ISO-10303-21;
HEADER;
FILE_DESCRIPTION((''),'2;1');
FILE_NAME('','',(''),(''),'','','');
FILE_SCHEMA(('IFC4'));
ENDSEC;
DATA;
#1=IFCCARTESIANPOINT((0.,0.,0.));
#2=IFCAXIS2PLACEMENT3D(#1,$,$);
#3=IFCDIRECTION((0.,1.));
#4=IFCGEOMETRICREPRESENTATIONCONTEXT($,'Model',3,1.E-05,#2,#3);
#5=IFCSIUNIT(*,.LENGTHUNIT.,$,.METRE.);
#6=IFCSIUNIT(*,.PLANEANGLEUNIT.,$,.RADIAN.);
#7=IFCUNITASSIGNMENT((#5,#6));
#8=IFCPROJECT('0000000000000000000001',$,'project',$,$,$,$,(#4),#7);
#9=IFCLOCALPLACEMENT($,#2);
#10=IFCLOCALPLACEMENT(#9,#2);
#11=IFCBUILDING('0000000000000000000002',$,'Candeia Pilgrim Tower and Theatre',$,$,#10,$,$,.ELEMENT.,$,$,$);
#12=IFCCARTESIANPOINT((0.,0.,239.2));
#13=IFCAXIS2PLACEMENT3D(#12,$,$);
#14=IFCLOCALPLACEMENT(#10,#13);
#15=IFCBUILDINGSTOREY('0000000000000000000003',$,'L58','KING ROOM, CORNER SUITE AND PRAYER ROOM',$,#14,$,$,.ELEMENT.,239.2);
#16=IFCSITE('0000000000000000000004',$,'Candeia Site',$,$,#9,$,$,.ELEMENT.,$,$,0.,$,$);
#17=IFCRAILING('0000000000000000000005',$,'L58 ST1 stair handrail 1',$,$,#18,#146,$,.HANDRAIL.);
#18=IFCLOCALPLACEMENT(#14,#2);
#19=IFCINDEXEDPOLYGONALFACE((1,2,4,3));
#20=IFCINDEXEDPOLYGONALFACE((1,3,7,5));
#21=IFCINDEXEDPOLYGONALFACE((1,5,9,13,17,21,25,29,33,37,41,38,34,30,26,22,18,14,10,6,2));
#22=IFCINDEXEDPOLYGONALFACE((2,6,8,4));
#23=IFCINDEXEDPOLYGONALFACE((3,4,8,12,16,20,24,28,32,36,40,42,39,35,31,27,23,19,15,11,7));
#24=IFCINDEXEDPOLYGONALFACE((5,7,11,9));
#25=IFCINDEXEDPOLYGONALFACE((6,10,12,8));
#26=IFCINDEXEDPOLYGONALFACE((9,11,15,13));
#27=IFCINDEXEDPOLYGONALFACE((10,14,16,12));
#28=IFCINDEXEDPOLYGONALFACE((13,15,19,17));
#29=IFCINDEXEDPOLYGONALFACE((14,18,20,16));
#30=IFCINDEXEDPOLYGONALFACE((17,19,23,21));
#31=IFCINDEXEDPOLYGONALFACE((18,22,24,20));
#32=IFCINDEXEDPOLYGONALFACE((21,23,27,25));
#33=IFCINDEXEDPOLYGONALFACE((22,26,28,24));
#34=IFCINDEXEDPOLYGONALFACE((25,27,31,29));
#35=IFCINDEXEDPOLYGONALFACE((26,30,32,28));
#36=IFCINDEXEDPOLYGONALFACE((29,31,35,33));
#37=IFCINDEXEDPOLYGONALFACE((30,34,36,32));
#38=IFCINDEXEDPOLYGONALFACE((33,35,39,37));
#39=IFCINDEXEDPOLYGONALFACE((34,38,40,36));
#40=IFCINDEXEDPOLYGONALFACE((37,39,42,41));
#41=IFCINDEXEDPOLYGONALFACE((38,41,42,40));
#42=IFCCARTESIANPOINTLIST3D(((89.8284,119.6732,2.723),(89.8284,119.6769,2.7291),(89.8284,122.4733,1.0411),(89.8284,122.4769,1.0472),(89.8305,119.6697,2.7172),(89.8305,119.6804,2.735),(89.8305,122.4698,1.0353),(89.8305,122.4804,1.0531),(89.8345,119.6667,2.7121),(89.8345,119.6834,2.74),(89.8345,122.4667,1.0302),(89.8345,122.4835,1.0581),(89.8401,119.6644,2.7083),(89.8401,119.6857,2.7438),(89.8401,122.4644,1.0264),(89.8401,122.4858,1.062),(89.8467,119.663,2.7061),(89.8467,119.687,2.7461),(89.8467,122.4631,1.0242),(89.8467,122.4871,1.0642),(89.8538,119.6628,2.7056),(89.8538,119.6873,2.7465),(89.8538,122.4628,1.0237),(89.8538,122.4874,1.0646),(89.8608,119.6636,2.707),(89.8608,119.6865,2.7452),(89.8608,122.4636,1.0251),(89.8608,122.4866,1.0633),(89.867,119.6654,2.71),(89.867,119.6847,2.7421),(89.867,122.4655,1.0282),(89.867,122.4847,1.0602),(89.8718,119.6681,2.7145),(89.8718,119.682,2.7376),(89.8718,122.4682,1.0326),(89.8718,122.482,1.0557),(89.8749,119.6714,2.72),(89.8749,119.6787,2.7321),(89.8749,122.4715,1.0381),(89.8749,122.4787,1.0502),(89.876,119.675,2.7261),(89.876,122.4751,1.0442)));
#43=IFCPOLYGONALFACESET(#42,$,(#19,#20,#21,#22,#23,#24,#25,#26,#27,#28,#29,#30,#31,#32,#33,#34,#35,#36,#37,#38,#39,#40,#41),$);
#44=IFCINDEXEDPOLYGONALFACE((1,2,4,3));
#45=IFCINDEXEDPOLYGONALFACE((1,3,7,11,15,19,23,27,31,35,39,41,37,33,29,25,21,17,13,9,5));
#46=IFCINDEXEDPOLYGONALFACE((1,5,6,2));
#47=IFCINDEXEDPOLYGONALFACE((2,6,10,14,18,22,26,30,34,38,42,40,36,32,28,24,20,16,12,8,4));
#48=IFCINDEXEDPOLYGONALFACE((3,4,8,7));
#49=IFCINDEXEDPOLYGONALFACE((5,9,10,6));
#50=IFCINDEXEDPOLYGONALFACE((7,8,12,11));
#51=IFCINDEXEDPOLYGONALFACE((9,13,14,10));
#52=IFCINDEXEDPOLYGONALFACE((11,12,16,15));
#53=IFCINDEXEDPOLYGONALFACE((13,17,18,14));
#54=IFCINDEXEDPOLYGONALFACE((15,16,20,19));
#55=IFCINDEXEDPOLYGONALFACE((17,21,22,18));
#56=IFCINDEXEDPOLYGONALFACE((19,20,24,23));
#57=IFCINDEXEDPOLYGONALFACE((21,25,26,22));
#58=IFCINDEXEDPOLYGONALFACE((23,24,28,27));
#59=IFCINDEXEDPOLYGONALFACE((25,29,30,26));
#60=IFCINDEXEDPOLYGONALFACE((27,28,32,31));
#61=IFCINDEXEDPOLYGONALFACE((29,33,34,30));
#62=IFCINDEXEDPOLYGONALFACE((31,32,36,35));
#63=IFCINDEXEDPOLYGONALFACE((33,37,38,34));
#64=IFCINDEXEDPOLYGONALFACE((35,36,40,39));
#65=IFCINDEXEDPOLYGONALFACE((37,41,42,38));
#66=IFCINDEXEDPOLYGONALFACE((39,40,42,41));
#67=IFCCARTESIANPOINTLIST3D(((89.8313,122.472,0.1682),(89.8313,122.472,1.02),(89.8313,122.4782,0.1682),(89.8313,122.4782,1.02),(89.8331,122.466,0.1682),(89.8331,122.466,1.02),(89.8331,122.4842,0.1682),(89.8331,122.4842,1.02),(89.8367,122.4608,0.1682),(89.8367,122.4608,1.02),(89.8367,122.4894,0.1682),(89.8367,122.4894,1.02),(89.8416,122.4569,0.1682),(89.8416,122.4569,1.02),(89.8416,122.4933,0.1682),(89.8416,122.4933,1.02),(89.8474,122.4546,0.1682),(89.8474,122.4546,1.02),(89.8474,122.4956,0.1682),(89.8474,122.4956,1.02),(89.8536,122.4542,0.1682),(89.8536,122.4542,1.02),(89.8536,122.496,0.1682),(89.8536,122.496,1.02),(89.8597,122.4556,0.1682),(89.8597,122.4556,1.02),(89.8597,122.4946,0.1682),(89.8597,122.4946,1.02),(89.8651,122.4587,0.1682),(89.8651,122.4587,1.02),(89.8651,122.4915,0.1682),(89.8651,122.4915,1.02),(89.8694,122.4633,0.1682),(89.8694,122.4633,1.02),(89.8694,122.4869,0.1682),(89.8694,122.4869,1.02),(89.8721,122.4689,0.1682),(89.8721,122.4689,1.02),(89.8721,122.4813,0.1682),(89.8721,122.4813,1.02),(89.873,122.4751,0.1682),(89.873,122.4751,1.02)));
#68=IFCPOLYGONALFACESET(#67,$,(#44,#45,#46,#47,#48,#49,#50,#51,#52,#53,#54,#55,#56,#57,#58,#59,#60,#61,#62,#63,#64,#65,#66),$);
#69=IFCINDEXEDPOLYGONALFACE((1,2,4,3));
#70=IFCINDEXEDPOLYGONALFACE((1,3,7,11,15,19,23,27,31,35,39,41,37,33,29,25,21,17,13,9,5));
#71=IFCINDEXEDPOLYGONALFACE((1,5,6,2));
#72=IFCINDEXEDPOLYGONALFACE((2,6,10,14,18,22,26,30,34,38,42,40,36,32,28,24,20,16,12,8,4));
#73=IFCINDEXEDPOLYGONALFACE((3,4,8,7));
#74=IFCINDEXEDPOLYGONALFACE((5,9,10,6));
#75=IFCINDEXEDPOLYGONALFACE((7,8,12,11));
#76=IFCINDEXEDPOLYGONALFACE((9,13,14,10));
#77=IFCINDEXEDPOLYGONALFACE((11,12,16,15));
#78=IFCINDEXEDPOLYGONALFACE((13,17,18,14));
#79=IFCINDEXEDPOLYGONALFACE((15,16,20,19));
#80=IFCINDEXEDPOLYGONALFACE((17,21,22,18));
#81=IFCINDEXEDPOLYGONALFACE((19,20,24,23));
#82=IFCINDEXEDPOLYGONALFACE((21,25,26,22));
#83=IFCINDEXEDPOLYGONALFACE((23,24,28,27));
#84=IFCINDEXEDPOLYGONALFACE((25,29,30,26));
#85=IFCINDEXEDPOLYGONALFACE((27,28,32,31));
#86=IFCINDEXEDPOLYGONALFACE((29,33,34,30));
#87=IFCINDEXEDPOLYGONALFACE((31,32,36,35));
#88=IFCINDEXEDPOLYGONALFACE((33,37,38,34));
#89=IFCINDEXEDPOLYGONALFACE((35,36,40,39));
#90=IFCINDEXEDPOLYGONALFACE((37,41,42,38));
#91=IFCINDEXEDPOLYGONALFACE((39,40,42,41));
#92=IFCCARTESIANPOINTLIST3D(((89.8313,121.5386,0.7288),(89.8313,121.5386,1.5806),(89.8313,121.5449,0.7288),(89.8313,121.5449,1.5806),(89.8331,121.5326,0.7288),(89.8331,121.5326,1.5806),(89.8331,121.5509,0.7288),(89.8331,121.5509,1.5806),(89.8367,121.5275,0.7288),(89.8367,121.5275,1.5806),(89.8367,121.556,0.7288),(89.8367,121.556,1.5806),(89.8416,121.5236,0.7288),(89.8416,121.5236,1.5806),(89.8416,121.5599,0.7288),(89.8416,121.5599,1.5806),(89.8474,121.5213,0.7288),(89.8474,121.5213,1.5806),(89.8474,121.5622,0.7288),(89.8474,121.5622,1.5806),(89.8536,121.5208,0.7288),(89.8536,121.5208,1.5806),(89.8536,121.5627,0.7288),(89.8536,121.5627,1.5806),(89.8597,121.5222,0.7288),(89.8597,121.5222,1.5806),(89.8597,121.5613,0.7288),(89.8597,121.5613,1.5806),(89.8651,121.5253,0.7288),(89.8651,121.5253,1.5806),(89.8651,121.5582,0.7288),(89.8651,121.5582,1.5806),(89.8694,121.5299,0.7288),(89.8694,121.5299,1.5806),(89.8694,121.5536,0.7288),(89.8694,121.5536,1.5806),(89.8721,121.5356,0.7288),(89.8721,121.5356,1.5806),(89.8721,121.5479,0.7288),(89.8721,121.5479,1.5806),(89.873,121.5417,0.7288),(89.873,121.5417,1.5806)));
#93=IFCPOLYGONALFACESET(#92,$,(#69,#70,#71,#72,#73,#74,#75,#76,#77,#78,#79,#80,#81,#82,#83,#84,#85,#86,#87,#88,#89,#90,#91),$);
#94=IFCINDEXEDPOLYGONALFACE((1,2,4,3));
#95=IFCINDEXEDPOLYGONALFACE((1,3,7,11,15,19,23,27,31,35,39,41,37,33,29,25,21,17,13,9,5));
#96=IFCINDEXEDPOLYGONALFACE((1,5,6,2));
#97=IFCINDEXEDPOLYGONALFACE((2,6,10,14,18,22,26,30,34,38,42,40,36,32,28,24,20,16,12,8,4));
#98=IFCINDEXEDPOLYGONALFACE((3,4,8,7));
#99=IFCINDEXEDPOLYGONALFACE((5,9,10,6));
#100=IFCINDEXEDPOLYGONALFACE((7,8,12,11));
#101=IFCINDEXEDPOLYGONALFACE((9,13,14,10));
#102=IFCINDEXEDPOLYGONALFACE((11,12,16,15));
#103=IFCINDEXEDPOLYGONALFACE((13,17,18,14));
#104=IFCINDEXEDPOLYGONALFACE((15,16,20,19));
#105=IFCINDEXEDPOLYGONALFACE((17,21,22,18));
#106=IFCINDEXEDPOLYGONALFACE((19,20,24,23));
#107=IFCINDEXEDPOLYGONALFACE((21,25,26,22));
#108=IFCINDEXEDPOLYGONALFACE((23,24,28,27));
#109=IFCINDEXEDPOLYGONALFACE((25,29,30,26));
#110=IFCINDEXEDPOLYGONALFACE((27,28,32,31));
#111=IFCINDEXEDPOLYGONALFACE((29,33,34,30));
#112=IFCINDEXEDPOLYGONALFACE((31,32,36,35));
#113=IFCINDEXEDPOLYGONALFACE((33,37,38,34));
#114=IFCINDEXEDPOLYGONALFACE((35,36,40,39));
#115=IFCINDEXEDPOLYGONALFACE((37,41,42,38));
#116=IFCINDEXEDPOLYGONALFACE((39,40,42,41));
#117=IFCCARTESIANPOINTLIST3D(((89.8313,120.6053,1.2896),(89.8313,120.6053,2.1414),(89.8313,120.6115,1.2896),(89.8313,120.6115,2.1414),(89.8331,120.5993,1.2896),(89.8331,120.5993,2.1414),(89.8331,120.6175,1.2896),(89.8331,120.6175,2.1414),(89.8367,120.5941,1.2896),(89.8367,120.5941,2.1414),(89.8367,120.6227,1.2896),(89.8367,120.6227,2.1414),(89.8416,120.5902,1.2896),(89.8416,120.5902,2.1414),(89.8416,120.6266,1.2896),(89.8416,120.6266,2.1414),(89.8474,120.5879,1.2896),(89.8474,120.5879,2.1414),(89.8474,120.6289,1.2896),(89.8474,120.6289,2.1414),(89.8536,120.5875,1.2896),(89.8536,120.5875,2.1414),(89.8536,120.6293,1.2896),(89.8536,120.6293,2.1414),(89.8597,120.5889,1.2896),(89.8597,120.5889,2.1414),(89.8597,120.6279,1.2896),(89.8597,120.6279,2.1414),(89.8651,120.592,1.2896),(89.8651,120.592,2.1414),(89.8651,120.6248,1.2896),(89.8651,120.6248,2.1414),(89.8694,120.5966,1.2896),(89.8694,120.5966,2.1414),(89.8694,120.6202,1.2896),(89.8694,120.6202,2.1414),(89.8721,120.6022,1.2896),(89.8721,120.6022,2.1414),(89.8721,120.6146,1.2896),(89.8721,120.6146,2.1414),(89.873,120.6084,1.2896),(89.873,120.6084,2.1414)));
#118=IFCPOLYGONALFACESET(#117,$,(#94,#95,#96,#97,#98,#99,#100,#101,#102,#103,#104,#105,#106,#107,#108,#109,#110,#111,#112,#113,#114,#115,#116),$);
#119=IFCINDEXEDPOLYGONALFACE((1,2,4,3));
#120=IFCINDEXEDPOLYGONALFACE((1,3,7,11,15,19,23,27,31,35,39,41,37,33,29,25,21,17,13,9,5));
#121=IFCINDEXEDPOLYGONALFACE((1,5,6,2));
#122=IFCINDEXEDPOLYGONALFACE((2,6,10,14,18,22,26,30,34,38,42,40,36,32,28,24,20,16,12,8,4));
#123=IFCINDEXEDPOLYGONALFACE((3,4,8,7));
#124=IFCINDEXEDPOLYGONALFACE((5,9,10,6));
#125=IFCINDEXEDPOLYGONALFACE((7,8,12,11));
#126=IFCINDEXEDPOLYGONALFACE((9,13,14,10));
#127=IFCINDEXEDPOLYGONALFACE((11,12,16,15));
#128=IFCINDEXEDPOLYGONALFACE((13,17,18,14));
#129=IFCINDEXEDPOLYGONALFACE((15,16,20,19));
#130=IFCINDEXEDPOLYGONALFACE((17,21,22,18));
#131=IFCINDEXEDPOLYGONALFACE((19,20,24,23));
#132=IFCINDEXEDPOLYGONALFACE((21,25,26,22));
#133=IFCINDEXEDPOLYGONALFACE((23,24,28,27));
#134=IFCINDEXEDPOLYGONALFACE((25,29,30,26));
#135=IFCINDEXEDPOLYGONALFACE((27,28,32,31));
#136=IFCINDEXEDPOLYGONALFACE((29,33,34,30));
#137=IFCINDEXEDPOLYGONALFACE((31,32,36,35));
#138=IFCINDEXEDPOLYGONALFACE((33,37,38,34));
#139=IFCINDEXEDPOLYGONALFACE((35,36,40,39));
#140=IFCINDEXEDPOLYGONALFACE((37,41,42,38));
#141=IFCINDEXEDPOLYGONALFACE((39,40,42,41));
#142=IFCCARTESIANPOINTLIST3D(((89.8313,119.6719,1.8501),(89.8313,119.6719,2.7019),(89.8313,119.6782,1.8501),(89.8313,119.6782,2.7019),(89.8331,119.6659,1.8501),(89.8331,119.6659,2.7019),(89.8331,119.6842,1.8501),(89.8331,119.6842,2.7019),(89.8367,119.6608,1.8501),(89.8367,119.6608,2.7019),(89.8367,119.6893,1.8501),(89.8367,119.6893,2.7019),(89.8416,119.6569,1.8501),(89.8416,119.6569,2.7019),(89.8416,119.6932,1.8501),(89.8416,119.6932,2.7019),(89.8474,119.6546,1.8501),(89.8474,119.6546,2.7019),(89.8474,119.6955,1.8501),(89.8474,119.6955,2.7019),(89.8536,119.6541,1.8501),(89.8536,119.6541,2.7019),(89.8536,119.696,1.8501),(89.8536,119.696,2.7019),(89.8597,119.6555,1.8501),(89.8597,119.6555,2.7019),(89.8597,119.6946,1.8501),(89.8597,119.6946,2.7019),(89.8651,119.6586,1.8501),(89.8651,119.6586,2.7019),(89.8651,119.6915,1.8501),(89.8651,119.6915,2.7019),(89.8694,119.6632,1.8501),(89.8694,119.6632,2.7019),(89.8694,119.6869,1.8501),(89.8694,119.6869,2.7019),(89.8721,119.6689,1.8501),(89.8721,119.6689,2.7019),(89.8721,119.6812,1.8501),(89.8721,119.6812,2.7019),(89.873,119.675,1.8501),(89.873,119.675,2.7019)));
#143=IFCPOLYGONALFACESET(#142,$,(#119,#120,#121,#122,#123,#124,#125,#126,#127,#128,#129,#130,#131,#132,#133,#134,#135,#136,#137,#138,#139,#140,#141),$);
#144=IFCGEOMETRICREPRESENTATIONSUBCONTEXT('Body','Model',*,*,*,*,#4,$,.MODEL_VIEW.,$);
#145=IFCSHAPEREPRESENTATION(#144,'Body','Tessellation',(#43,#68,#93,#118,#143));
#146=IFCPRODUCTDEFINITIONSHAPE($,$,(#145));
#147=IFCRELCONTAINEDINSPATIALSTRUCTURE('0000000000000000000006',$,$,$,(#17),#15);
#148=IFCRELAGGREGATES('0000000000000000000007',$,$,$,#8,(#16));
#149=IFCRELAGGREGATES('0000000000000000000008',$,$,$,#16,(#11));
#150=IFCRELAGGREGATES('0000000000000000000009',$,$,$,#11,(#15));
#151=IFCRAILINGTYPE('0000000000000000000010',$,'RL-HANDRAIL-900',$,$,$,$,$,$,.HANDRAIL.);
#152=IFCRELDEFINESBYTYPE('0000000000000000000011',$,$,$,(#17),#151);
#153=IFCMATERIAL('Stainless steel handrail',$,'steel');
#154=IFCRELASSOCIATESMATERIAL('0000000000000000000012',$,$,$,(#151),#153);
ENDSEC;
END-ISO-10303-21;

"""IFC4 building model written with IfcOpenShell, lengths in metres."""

from ifc_helpers import new_model, si_unit, direction, frame, origin, origin_2d, place, context, subcontext, project, spatial, circle, extrude, material, type_object, element, save


model = new_model("IFC4")

# Units and contexts
model_context = context("Model", 3, precision=1e-05, world=origin(), true_north=direction((0.0, 1.0)))
body_context = subcontext(model_context, "Body", "Model", "MODEL_VIEW")
ifc_project = project(units=[si_unit("LENGTHUNIT", "METRE"), si_unit("PLANEANGLEUNIT", "RADIAN")], contexts=[model_context])

# Site, building, storey
site_placement = place(None, origin())
site = spatial("IfcSite", under=ifc_project, at=site_placement, Name="Candeia Site", CompositionType="ELEMENT", RefElevation=0.0)
building_placement = place(site_placement, origin())
building = spatial("IfcBuilding", under=site, at=building_placement, Name="Candeia Pilgrim Tower and Theatre", CompositionType="ELEMENT")
storey_placement = place(building_placement, frame((0.0, 0.0, 239.2)))
storey = spatial("IfcBuildingStorey", under=building, at=storey_placement, Name="L58", Description="KING ROOM, CORNER SUITE AND PRAYER ROOM", CompositionType="ELEMENT", Elevation=239.2)

# Railing
ifc_material_1 = material(Name="Stainless steel handrail", Category="steel")
railing_type_1 = type_object("IfcRailingType", Name="RL-HANDRAIL-900", PredefinedType="HANDRAIL", material=ifc_material_1)
for number, where, name in (
    (1, (89.8521, 122.4751, 0.1682), "L58 ST1 stair handrail 1"),
):
    element("IfcRailing", number, at=place(storey_placement, frame(where)), inside=storey, type_object=railing_type_1, Name=name, PredefinedType="HANDRAIL", context=body_context, shape_type="SweptSolid", body=[
        extrude(circle(Radius=0.0239, at=origin_2d()), frame((0.0, 0.0, 0.876), z_axis=(0.0, -0.857242, 0.514913), x_axis=(1.0, 0.0, 0.0)), (0.0, 0.0, 1.0), 3.2664),
        extrude(circle(Radius=0.021, at=origin_2d()), origin(), (0.0, 0.0, 1.0), 0.8518),
        extrude(circle(Radius=0.021, at=origin_2d()), frame((0.0, -0.9333, 0.5605)), (0.0, 0.0, 1.0), 0.8518),
        extrude(circle(Radius=0.021, at=origin_2d()), frame((0.0, -1.8667, 1.1213)), (0.0, 0.0, 1.0), 0.8518),
        extrude(circle(Radius=0.021, at=origin_2d()), frame((0.0, -2.8, 1.6819)), (0.0, 0.0, 1.0), 0.8518),
    ])

save(model, "model.ifc")
